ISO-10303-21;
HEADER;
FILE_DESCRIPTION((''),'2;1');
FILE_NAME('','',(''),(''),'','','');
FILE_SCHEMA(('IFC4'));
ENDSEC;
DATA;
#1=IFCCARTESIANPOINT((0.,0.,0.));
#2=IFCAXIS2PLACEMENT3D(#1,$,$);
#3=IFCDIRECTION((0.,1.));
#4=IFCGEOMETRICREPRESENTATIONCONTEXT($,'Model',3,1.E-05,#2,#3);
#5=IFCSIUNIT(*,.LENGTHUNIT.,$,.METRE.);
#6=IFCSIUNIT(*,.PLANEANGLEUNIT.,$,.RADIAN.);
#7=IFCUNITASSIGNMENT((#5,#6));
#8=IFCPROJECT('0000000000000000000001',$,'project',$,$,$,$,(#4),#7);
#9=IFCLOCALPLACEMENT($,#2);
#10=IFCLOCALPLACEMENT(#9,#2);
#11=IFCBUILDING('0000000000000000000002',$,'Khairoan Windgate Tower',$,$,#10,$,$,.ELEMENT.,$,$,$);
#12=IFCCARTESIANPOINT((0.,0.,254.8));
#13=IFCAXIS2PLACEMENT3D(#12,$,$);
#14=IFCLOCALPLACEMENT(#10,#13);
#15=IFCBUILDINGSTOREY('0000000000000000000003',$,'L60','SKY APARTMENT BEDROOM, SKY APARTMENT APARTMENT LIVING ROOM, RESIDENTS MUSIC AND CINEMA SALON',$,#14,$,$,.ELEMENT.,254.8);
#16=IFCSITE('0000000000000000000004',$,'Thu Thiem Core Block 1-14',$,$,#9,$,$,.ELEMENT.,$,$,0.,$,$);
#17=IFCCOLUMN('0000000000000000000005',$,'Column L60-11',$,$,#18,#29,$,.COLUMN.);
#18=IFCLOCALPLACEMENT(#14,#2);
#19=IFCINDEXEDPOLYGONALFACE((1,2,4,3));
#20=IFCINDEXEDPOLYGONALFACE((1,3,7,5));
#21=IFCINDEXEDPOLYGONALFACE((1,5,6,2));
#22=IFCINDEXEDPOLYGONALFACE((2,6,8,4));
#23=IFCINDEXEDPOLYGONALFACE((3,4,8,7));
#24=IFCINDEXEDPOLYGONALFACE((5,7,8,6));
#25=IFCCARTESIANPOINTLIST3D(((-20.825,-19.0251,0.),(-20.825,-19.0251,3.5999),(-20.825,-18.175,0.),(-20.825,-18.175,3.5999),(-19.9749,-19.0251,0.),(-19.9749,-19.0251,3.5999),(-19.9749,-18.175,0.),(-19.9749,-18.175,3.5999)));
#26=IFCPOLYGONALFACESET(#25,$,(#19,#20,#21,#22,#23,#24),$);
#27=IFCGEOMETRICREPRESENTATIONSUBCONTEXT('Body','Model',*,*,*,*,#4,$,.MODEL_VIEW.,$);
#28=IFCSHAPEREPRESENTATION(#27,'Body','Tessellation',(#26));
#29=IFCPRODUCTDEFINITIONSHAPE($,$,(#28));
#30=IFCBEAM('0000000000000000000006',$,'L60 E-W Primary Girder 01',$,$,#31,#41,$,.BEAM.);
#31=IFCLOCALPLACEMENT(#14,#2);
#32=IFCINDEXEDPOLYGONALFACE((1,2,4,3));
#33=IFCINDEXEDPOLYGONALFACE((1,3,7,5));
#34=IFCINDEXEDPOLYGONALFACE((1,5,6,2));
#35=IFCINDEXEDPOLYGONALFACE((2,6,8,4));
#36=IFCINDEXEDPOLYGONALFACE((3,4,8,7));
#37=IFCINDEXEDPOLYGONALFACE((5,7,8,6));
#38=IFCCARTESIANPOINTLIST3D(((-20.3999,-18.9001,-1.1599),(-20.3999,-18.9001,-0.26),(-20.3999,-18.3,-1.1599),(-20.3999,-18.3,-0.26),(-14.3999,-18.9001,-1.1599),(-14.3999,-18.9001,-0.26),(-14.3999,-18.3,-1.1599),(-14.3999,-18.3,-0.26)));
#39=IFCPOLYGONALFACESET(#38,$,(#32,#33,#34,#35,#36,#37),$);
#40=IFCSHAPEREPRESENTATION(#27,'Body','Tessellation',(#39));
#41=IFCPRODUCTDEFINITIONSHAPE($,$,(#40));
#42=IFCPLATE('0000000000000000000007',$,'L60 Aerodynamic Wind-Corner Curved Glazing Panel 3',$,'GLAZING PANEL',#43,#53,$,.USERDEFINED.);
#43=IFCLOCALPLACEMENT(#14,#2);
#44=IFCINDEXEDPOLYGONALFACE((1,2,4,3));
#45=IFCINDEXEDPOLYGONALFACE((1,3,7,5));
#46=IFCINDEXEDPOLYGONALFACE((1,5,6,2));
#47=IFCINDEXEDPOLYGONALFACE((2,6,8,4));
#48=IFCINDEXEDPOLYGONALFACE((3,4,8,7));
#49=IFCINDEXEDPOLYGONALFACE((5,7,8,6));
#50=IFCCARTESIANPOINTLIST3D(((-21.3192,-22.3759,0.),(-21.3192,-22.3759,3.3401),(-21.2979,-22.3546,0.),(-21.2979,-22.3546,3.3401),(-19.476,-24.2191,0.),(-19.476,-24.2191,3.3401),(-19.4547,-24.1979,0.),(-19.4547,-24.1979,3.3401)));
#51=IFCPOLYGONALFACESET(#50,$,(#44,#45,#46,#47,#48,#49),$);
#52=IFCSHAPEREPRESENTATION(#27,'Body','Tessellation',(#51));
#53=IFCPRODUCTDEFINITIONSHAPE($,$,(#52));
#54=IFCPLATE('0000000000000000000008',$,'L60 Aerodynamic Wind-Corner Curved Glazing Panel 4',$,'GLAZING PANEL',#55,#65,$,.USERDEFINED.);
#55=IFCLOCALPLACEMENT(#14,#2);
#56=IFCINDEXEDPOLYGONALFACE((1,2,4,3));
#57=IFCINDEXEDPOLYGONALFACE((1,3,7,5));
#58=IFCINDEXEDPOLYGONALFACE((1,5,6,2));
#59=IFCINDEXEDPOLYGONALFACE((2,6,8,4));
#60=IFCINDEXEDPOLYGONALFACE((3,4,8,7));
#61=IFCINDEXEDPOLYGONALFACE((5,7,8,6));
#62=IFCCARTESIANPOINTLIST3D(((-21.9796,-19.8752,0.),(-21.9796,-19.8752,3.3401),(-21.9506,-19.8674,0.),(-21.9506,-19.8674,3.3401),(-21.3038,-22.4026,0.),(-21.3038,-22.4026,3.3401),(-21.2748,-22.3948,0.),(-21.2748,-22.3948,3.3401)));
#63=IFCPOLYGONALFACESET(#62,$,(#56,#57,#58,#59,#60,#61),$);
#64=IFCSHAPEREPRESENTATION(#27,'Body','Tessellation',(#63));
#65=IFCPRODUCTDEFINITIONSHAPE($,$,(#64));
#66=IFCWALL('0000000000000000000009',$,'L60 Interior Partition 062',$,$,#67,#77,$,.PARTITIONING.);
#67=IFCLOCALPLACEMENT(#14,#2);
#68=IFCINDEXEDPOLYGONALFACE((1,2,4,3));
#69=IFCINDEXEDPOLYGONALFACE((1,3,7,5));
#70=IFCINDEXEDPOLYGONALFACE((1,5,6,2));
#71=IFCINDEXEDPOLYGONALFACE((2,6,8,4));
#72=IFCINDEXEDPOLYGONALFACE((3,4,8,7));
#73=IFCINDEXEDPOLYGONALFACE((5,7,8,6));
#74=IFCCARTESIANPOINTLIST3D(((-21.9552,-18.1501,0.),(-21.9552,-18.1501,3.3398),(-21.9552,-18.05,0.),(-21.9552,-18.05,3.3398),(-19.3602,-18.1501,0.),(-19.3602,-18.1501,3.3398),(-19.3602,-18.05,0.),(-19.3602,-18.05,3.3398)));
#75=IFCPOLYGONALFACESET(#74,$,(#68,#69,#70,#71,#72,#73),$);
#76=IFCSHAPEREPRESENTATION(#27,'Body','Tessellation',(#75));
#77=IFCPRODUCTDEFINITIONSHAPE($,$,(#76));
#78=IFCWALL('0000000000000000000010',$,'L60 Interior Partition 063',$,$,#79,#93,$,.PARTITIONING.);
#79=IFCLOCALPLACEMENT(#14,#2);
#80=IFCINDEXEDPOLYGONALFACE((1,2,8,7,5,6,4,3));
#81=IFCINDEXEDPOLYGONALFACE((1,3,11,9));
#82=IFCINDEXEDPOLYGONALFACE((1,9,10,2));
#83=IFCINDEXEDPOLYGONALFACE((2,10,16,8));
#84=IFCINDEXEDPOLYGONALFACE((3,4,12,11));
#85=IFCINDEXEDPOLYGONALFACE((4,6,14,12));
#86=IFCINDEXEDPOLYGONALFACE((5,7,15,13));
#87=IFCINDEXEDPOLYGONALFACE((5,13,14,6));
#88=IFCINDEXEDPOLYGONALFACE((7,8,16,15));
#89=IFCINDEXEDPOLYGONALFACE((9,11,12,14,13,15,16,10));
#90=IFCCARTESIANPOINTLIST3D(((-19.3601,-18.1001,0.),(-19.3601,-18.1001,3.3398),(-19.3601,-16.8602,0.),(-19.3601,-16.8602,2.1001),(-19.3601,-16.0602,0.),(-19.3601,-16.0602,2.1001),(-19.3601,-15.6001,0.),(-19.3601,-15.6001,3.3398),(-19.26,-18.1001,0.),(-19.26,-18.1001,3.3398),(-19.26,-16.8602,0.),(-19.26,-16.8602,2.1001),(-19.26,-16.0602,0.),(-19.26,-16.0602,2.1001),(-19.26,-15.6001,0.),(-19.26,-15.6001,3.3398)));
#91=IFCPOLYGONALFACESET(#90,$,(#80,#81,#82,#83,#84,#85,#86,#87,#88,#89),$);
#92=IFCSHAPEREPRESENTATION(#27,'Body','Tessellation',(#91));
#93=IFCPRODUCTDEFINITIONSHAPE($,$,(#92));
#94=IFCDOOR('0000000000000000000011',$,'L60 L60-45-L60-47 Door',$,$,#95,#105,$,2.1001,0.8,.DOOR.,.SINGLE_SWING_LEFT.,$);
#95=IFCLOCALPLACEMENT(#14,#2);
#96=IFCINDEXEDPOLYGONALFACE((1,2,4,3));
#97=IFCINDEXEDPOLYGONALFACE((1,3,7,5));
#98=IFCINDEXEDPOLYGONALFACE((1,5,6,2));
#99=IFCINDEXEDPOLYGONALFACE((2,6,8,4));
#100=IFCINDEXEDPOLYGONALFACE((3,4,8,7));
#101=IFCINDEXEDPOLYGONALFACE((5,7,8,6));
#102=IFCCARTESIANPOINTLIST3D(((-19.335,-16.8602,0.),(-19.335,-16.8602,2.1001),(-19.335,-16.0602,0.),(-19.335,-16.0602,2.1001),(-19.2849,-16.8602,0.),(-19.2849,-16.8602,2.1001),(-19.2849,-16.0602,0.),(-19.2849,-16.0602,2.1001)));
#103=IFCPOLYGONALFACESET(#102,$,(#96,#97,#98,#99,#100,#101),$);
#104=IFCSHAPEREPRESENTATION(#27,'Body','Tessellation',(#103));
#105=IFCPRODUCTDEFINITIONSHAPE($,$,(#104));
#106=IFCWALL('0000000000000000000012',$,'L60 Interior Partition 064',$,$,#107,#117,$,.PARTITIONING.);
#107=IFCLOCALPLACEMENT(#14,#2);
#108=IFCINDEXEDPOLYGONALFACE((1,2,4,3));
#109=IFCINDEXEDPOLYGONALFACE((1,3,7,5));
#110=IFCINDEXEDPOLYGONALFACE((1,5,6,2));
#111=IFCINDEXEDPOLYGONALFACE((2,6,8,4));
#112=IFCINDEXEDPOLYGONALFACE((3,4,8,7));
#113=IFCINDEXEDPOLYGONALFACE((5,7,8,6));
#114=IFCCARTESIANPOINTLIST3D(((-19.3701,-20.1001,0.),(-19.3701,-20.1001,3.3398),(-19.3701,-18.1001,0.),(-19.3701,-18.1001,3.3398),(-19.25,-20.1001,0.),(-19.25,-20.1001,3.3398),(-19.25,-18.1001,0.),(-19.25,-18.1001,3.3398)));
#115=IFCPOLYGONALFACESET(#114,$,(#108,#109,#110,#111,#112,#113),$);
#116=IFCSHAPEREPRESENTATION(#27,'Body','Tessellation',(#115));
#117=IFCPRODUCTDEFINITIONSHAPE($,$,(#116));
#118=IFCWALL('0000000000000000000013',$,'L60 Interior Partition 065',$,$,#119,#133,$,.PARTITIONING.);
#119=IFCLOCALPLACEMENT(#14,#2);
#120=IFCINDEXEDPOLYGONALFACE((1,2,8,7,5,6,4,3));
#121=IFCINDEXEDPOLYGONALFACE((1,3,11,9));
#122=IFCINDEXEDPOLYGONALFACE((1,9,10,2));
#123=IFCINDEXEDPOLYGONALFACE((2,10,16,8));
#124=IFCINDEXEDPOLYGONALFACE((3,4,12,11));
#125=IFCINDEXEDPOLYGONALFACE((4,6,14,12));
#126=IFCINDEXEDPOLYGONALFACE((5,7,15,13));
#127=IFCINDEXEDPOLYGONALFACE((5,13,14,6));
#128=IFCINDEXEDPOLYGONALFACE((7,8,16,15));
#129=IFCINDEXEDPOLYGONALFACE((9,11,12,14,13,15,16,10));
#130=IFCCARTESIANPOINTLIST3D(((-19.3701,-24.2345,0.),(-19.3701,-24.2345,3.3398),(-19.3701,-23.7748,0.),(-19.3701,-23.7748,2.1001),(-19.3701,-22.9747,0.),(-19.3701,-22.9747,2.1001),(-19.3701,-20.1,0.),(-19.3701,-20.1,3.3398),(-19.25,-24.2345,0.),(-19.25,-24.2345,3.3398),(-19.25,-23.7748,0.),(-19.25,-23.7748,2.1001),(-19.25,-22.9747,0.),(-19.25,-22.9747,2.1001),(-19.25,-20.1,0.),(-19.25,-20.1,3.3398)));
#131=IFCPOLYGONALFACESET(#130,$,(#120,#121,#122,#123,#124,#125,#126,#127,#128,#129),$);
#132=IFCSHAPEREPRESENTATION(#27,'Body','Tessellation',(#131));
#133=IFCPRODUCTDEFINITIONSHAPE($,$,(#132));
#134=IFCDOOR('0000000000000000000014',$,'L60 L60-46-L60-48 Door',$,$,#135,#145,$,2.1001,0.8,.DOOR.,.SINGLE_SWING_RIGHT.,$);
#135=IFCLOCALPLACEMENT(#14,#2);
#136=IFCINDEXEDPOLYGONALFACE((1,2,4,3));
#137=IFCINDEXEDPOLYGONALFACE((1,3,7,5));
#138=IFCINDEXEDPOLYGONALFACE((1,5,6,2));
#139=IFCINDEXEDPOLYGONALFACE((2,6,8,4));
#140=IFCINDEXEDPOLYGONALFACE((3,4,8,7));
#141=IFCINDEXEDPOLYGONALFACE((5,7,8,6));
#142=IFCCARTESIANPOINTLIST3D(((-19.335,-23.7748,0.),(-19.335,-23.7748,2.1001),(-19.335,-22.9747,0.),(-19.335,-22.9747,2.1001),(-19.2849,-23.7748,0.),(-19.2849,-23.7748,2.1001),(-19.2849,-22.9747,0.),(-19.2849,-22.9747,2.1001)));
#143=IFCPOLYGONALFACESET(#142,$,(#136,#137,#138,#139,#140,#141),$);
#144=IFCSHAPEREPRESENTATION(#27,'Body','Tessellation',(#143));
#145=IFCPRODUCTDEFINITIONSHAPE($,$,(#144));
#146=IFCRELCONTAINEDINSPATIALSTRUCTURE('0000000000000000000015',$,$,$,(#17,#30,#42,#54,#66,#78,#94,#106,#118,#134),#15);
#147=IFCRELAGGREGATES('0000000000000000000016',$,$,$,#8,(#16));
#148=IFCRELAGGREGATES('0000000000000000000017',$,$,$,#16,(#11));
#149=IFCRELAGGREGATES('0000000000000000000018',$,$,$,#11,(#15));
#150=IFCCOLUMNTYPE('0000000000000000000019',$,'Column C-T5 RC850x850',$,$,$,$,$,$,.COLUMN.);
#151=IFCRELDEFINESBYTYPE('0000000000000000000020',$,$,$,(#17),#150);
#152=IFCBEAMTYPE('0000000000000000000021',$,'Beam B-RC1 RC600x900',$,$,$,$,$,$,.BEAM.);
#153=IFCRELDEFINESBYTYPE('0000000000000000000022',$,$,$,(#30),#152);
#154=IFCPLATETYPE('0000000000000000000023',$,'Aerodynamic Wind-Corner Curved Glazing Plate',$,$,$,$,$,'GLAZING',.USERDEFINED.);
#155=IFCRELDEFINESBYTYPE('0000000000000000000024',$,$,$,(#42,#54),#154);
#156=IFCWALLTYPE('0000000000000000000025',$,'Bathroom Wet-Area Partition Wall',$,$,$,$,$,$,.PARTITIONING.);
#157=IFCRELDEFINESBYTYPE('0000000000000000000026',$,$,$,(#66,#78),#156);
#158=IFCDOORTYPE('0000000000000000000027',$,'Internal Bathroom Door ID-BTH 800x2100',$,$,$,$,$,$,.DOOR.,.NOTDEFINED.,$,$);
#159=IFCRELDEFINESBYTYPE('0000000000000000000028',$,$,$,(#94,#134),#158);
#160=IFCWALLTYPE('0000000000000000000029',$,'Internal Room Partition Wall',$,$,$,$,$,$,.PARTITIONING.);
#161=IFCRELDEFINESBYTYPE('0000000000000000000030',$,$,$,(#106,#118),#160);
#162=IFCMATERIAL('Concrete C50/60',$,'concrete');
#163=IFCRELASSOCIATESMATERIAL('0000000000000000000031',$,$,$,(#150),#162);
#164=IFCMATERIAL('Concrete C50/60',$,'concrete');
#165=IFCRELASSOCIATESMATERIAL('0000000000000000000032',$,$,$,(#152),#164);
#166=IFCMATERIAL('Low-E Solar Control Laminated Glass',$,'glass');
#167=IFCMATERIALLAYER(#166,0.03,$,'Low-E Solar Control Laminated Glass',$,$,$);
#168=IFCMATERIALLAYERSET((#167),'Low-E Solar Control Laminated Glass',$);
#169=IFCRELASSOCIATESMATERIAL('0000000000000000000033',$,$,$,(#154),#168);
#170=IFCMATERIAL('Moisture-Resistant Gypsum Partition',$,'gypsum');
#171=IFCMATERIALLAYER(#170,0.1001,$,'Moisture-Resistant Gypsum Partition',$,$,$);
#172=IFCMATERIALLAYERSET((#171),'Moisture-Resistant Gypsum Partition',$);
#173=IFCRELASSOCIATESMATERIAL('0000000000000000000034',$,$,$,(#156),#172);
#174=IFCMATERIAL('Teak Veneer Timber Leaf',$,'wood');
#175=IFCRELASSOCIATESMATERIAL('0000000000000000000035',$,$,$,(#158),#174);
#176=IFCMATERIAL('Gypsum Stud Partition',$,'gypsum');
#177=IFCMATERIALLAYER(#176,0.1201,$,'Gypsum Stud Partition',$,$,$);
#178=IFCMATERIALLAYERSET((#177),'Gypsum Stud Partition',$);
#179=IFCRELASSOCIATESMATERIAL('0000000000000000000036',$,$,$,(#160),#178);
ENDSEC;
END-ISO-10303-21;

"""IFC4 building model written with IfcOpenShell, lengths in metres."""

from ifc_helpers import new_model, si_unit, direction, frame, frame_2d, origin, origin_2d, place, context, subcontext, project, spatial, rectangle, extrude, material, layer, layer_set, material_profile, profile_set, type_object, element, fill, save


model = new_model("IFC4")

# Units and contexts
model_context = context("Model", 3, precision=1e-05, world=origin(), true_north=direction((0.0, 1.0)))
body_context = subcontext(model_context, "Body", "Model", "MODEL_VIEW")
ifc_project = project(units=[si_unit("LENGTHUNIT", "METRE"), si_unit("PLANEANGLEUNIT", "RADIAN")], contexts=[model_context])

# Site, building, storey
site_placement = place(None, origin())
site = spatial("IfcSite", under=ifc_project, at=site_placement, Name="Thu Thiem Core Block 1-14", CompositionType="ELEMENT", RefElevation=0.0)
building_placement = place(site_placement, origin())
building = spatial("IfcBuilding", under=site, at=building_placement, Name="Khairoan Windgate Tower", CompositionType="ELEMENT")
storey_placement = place(building_placement, frame((0.0, 0.0, 254.8)))
storey = spatial("IfcBuildingStorey", under=building, at=storey_placement, Name="L60", Description="SKY APARTMENT BEDROOM, SKY APARTMENT APARTMENT LIVING ROOM, RESIDENTS MUSIC AND CINEMA SALON", CompositionType="ELEMENT", Elevation=254.8)

# Column
ifc_material_1 = material(Name="Concrete C50/60", Category="concrete")
ifc_material_profile_1 = material_profile(ifc_material_1, rectangle(XDim=0.8501, YDim=0.8501, at=origin_2d()))
ifc_profile_set_1 = profile_set([ifc_material_profile_1], Name="Concrete C50/60")
column_type = type_object("IfcColumnType", Name="Column C-T5 RC850x850", PredefinedType="COLUMN", material=ifc_profile_set_1)
column_placement = place(storey_placement, frame((-20.3999, -18.6001, 0.0), z_axis=(0.0, 0.0, 1.0), x_axis=(1.0, 0.0, 0.0)))
element("IfcColumn", 1, at=column_placement, inside=storey, type_object=column_type, Name="Column L60-11", PredefinedType="COLUMN", context=body_context, shape_type="SweptSolid", body=[
    extrude(rectangle(XDim=0.8501, YDim=0.8501, at=origin_2d()), origin(), (0.0, 0.0, 1.0), 3.5999),
])

# Beam
ifc_material_2 = material(Name="Concrete C50/60", Category="concrete")
ifc_material_profile_2 = material_profile(ifc_material_2, rectangle(XDim=0.6001, YDim=0.8999, at=origin_2d()))
ifc_profile_set_2 = profile_set([ifc_material_profile_2], Name="Concrete C50/60")
beam_type = type_object("IfcBeamType", Name="Beam B-RC1 RC600x900", PredefinedType="BEAM", material=ifc_profile_set_2)
beam_placement = place(storey_placement, frame((-20.3999, -18.6001, -0.71), z_axis=(1.0, 0.0, 0.0), x_axis=(0.0, 1.0, 0.0)))
element("IfcBeam", 2, at=beam_placement, inside=storey, type_object=beam_type, Name="L60 E-W Primary Girder 01", PredefinedType="BEAM", context=body_context, shape_type="SweptSolid", body=[
    extrude(rectangle(XDim=0.6001, YDim=0.8999, at=origin_2d()), origin(), (0.0, 0.0, 1.0), 6.0),
])

# Plates
ifc_material_3 = material(Name="Low-E Solar Control Laminated Glass", Category="glass")
ifc_layer_1 = layer(ifc_material_3, 0.03, Name="Low-E Solar Control Laminated Glass")
ifc_layer_set_1 = layer_set([ifc_layer_1], Name="Low-E Solar Control Laminated Glass")
plate_type_1 = type_object("IfcPlateType", Name="Aerodynamic Wind-Corner Curved Glazing Plate", ElementType="GLAZING", PredefinedType="USERDEFINED", material=ifc_layer_set_1)
plate_1_placement = place(storey_placement, frame((-20.387, -23.2869, 0.0), z_axis=(0.0, 0.0, 1.0), x_axis=(-0.707107, 0.707107, 0.0)))
element("IfcPlate", 3, at=plate_1_placement, inside=storey, type_object=plate_type_1, Name="L60 Aerodynamic Wind-Corner Curved Glazing Panel 3", ObjectType="GLAZING PANEL", PredefinedType="USERDEFINED", context=body_context, shape_type="SweptSolid", body=[
    extrude(rectangle(XDim=2.6067, YDim=0.03, at=origin_2d()), origin(), (0.0, 0.0, 1.0), 3.3401),
])
plate_2_placement = place(storey_placement, frame((-21.6272, -21.135, 0.0), z_axis=(0.0, 0.0, 1.0), x_axis=(-0.258313, 0.966061, 0.0)))
element("IfcPlate", 4, at=plate_2_placement, inside=storey, type_object=plate_type_1, Name="L60 Aerodynamic Wind-Corner Curved Glazing Panel 4", ObjectType="GLAZING PANEL", PredefinedType="USERDEFINED", context=body_context, shape_type="SweptSolid", body=[
    extrude(rectangle(XDim=2.6162, YDim=0.03, at=origin_2d()), origin(), (0.0, 0.0, 1.0), 3.3401),
])

# Wall
ifc_material_4 = material(Name="Moisture-Resistant Gypsum Partition", Category="gypsum")
ifc_layer_2 = layer(ifc_material_4, 0.1001, Name="Moisture-Resistant Gypsum Partition")
ifc_layer_set_2 = layer_set([ifc_layer_2], Name="Moisture-Resistant Gypsum Partition")
wall_type_1 = type_object("IfcWallType", Name="Bathroom Wet-Area Partition Wall", PredefinedType="PARTITIONING", material=ifc_layer_set_2)
wall_1_placement = place(storey_placement, frame((-21.9551, -18.1001, 0.0), z_axis=(0.0, 0.0, 1.0), x_axis=(1.0, 0.0, 0.0)))
element("IfcWall", 5, at=wall_1_placement, inside=storey, type_object=wall_type_1, Name="L60 Interior Partition 062", PredefinedType="PARTITIONING", context=body_context, shape_type="SweptSolid", body=[
    extrude(rectangle(XDim=2.595, YDim=0.1001, at=frame_2d((1.2974, 0.0))), origin(), (0.0, 0.0, 1.0), 3.3398),
])

# Wall, opening, door
wall_2_placement = place(storey_placement, frame((-19.3101, -18.1001, 0.0), z_axis=(0.0, 0.0, 1.0), x_axis=(0.0, 1.0, 0.0)))
wall_2 = element("IfcWall", 6, at=wall_2_placement, inside=storey, type_object=wall_type_1, Name="L60 Interior Partition 063", PredefinedType="PARTITIONING", context=body_context, shape_type="SweptSolid", body=[
    extrude(rectangle(XDim=2.5, YDim=0.1001, at=frame_2d((1.25, 0.0))), origin(), (0.0, 0.0, 1.0), 3.3398),
])
opening_1_placement = place(wall_2_placement, frame((1.24, 0.0, 0.0)))
opening_1 = element("IfcOpeningElement", 7, at=opening_1_placement, cuts=wall_2, PredefinedType="OPENING", context=body_context, shape_type="SweptSolid", body=[
    extrude(rectangle(XDim=0.8, YDim=2.1001, at=frame_2d((0.3999, 1.05))), frame((0.0, 0.0601, 0.0), z_axis=(0.0, -1.0, 0.0), x_axis=(1.0, 0.0, 0.0)), (0.0, 0.0, 1.0), 0.1201),
])
ifc_material_5 = material(Name="Teak Veneer Timber Leaf", Category="wood")
door_type = type_object("IfcDoorType", Name="Internal Bathroom Door ID-BTH 800x2100", OperationType="NOTDEFINED", PredefinedType="DOOR", material=ifc_material_5)
door_1_placement = place(opening_1_placement, origin())
door_1 = element("IfcDoor", 8, at=door_1_placement, inside=storey, type_object=door_type, Name="L60 L60-45-L60-47 Door", OperationType="SINGLE_SWING_LEFT", OverallHeight=2.1001, OverallWidth=0.8, PredefinedType="DOOR", context=body_context, shape_type="SweptSolid", body=[
    extrude(rectangle(XDim=0.8, YDim=2.1001, at=frame_2d((0.3999, 1.05))), frame((0.0, 0.0249, 0.0), z_axis=(0.0, -1.0, 0.0), x_axis=(1.0, 0.0, 0.0)), (0.0, 0.0, 1.0), 0.05),
])
fill(opening_1, door_1)

# Wall
ifc_material_6 = material(Name="Gypsum Stud Partition", Category="gypsum")
ifc_layer_3 = layer(ifc_material_6, 0.1201, Name="Gypsum Stud Partition")
ifc_layer_set_3 = layer_set([ifc_layer_3], Name="Gypsum Stud Partition")
wall_type_2 = type_object("IfcWallType", Name="Internal Room Partition Wall", PredefinedType="PARTITIONING", material=ifc_layer_set_3)
wall_3_placement = place(storey_placement, frame((-19.3101, -20.1001, 0.0), z_axis=(0.0, 0.0, 1.0), x_axis=(0.0, 1.0, 0.0)))
element("IfcWall", 9, at=wall_3_placement, inside=storey, type_object=wall_type_2, Name="L60 Interior Partition 064", PredefinedType="PARTITIONING", context=body_context, shape_type="SweptSolid", body=[
    extrude(rectangle(XDim=2.0, YDim=0.1201, at=frame_2d((1.0, 0.0))), origin(), (0.0, 0.0, 1.0), 3.3398),
])

# Wall, opening, door
wall_4_placement = place(storey_placement, frame((-19.3101, -24.2346, 0.0), z_axis=(0.0, 0.0, 1.0), x_axis=(0.0, 1.0, 0.0)))
wall_4 = element("IfcWall", 10, at=wall_4_placement, inside=storey, type_object=wall_type_2, Name="L60 Interior Partition 065", PredefinedType="PARTITIONING", context=body_context, shape_type="SweptSolid", body=[
    extrude(rectangle(XDim=4.1345, YDim=0.1201, at=frame_2d((2.0674, 0.0))), origin(), (0.0, 0.0, 1.0), 3.3398),
])
opening_2_placement = place(wall_4_placement, frame((0.46, 0.0, 0.0)))
opening_2 = element("IfcOpeningElement", 11, at=opening_2_placement, cuts=wall_4, PredefinedType="OPENING", context=body_context, shape_type="SweptSolid", body=[
    extrude(rectangle(XDim=0.8, YDim=2.1001, at=frame_2d((0.3999, 1.05))), frame((0.0, 0.0701, 0.0), z_axis=(0.0, -1.0, 0.0), x_axis=(1.0, 0.0, 0.0)), (0.0, 0.0, 1.0), 0.1401),
])
door_2_placement = place(opening_2_placement, origin())
door_2 = element("IfcDoor", 12, at=door_2_placement, inside=storey, type_object=door_type, Name="L60 L60-46-L60-48 Door", OperationType="SINGLE_SWING_RIGHT", OverallHeight=2.1001, OverallWidth=0.8, PredefinedType="DOOR", context=body_context, shape_type="SweptSolid", body=[
    extrude(rectangle(XDim=0.8, YDim=2.1001, at=frame_2d((0.3999, 1.05))), frame((0.0, 0.0249, 0.0), z_axis=(0.0, -1.0, 0.0), x_axis=(1.0, 0.0, 0.0)), (0.0, 0.0, 1.0), 0.05),
])
fill(opening_2, door_2)

save(model, "model.ifc")
